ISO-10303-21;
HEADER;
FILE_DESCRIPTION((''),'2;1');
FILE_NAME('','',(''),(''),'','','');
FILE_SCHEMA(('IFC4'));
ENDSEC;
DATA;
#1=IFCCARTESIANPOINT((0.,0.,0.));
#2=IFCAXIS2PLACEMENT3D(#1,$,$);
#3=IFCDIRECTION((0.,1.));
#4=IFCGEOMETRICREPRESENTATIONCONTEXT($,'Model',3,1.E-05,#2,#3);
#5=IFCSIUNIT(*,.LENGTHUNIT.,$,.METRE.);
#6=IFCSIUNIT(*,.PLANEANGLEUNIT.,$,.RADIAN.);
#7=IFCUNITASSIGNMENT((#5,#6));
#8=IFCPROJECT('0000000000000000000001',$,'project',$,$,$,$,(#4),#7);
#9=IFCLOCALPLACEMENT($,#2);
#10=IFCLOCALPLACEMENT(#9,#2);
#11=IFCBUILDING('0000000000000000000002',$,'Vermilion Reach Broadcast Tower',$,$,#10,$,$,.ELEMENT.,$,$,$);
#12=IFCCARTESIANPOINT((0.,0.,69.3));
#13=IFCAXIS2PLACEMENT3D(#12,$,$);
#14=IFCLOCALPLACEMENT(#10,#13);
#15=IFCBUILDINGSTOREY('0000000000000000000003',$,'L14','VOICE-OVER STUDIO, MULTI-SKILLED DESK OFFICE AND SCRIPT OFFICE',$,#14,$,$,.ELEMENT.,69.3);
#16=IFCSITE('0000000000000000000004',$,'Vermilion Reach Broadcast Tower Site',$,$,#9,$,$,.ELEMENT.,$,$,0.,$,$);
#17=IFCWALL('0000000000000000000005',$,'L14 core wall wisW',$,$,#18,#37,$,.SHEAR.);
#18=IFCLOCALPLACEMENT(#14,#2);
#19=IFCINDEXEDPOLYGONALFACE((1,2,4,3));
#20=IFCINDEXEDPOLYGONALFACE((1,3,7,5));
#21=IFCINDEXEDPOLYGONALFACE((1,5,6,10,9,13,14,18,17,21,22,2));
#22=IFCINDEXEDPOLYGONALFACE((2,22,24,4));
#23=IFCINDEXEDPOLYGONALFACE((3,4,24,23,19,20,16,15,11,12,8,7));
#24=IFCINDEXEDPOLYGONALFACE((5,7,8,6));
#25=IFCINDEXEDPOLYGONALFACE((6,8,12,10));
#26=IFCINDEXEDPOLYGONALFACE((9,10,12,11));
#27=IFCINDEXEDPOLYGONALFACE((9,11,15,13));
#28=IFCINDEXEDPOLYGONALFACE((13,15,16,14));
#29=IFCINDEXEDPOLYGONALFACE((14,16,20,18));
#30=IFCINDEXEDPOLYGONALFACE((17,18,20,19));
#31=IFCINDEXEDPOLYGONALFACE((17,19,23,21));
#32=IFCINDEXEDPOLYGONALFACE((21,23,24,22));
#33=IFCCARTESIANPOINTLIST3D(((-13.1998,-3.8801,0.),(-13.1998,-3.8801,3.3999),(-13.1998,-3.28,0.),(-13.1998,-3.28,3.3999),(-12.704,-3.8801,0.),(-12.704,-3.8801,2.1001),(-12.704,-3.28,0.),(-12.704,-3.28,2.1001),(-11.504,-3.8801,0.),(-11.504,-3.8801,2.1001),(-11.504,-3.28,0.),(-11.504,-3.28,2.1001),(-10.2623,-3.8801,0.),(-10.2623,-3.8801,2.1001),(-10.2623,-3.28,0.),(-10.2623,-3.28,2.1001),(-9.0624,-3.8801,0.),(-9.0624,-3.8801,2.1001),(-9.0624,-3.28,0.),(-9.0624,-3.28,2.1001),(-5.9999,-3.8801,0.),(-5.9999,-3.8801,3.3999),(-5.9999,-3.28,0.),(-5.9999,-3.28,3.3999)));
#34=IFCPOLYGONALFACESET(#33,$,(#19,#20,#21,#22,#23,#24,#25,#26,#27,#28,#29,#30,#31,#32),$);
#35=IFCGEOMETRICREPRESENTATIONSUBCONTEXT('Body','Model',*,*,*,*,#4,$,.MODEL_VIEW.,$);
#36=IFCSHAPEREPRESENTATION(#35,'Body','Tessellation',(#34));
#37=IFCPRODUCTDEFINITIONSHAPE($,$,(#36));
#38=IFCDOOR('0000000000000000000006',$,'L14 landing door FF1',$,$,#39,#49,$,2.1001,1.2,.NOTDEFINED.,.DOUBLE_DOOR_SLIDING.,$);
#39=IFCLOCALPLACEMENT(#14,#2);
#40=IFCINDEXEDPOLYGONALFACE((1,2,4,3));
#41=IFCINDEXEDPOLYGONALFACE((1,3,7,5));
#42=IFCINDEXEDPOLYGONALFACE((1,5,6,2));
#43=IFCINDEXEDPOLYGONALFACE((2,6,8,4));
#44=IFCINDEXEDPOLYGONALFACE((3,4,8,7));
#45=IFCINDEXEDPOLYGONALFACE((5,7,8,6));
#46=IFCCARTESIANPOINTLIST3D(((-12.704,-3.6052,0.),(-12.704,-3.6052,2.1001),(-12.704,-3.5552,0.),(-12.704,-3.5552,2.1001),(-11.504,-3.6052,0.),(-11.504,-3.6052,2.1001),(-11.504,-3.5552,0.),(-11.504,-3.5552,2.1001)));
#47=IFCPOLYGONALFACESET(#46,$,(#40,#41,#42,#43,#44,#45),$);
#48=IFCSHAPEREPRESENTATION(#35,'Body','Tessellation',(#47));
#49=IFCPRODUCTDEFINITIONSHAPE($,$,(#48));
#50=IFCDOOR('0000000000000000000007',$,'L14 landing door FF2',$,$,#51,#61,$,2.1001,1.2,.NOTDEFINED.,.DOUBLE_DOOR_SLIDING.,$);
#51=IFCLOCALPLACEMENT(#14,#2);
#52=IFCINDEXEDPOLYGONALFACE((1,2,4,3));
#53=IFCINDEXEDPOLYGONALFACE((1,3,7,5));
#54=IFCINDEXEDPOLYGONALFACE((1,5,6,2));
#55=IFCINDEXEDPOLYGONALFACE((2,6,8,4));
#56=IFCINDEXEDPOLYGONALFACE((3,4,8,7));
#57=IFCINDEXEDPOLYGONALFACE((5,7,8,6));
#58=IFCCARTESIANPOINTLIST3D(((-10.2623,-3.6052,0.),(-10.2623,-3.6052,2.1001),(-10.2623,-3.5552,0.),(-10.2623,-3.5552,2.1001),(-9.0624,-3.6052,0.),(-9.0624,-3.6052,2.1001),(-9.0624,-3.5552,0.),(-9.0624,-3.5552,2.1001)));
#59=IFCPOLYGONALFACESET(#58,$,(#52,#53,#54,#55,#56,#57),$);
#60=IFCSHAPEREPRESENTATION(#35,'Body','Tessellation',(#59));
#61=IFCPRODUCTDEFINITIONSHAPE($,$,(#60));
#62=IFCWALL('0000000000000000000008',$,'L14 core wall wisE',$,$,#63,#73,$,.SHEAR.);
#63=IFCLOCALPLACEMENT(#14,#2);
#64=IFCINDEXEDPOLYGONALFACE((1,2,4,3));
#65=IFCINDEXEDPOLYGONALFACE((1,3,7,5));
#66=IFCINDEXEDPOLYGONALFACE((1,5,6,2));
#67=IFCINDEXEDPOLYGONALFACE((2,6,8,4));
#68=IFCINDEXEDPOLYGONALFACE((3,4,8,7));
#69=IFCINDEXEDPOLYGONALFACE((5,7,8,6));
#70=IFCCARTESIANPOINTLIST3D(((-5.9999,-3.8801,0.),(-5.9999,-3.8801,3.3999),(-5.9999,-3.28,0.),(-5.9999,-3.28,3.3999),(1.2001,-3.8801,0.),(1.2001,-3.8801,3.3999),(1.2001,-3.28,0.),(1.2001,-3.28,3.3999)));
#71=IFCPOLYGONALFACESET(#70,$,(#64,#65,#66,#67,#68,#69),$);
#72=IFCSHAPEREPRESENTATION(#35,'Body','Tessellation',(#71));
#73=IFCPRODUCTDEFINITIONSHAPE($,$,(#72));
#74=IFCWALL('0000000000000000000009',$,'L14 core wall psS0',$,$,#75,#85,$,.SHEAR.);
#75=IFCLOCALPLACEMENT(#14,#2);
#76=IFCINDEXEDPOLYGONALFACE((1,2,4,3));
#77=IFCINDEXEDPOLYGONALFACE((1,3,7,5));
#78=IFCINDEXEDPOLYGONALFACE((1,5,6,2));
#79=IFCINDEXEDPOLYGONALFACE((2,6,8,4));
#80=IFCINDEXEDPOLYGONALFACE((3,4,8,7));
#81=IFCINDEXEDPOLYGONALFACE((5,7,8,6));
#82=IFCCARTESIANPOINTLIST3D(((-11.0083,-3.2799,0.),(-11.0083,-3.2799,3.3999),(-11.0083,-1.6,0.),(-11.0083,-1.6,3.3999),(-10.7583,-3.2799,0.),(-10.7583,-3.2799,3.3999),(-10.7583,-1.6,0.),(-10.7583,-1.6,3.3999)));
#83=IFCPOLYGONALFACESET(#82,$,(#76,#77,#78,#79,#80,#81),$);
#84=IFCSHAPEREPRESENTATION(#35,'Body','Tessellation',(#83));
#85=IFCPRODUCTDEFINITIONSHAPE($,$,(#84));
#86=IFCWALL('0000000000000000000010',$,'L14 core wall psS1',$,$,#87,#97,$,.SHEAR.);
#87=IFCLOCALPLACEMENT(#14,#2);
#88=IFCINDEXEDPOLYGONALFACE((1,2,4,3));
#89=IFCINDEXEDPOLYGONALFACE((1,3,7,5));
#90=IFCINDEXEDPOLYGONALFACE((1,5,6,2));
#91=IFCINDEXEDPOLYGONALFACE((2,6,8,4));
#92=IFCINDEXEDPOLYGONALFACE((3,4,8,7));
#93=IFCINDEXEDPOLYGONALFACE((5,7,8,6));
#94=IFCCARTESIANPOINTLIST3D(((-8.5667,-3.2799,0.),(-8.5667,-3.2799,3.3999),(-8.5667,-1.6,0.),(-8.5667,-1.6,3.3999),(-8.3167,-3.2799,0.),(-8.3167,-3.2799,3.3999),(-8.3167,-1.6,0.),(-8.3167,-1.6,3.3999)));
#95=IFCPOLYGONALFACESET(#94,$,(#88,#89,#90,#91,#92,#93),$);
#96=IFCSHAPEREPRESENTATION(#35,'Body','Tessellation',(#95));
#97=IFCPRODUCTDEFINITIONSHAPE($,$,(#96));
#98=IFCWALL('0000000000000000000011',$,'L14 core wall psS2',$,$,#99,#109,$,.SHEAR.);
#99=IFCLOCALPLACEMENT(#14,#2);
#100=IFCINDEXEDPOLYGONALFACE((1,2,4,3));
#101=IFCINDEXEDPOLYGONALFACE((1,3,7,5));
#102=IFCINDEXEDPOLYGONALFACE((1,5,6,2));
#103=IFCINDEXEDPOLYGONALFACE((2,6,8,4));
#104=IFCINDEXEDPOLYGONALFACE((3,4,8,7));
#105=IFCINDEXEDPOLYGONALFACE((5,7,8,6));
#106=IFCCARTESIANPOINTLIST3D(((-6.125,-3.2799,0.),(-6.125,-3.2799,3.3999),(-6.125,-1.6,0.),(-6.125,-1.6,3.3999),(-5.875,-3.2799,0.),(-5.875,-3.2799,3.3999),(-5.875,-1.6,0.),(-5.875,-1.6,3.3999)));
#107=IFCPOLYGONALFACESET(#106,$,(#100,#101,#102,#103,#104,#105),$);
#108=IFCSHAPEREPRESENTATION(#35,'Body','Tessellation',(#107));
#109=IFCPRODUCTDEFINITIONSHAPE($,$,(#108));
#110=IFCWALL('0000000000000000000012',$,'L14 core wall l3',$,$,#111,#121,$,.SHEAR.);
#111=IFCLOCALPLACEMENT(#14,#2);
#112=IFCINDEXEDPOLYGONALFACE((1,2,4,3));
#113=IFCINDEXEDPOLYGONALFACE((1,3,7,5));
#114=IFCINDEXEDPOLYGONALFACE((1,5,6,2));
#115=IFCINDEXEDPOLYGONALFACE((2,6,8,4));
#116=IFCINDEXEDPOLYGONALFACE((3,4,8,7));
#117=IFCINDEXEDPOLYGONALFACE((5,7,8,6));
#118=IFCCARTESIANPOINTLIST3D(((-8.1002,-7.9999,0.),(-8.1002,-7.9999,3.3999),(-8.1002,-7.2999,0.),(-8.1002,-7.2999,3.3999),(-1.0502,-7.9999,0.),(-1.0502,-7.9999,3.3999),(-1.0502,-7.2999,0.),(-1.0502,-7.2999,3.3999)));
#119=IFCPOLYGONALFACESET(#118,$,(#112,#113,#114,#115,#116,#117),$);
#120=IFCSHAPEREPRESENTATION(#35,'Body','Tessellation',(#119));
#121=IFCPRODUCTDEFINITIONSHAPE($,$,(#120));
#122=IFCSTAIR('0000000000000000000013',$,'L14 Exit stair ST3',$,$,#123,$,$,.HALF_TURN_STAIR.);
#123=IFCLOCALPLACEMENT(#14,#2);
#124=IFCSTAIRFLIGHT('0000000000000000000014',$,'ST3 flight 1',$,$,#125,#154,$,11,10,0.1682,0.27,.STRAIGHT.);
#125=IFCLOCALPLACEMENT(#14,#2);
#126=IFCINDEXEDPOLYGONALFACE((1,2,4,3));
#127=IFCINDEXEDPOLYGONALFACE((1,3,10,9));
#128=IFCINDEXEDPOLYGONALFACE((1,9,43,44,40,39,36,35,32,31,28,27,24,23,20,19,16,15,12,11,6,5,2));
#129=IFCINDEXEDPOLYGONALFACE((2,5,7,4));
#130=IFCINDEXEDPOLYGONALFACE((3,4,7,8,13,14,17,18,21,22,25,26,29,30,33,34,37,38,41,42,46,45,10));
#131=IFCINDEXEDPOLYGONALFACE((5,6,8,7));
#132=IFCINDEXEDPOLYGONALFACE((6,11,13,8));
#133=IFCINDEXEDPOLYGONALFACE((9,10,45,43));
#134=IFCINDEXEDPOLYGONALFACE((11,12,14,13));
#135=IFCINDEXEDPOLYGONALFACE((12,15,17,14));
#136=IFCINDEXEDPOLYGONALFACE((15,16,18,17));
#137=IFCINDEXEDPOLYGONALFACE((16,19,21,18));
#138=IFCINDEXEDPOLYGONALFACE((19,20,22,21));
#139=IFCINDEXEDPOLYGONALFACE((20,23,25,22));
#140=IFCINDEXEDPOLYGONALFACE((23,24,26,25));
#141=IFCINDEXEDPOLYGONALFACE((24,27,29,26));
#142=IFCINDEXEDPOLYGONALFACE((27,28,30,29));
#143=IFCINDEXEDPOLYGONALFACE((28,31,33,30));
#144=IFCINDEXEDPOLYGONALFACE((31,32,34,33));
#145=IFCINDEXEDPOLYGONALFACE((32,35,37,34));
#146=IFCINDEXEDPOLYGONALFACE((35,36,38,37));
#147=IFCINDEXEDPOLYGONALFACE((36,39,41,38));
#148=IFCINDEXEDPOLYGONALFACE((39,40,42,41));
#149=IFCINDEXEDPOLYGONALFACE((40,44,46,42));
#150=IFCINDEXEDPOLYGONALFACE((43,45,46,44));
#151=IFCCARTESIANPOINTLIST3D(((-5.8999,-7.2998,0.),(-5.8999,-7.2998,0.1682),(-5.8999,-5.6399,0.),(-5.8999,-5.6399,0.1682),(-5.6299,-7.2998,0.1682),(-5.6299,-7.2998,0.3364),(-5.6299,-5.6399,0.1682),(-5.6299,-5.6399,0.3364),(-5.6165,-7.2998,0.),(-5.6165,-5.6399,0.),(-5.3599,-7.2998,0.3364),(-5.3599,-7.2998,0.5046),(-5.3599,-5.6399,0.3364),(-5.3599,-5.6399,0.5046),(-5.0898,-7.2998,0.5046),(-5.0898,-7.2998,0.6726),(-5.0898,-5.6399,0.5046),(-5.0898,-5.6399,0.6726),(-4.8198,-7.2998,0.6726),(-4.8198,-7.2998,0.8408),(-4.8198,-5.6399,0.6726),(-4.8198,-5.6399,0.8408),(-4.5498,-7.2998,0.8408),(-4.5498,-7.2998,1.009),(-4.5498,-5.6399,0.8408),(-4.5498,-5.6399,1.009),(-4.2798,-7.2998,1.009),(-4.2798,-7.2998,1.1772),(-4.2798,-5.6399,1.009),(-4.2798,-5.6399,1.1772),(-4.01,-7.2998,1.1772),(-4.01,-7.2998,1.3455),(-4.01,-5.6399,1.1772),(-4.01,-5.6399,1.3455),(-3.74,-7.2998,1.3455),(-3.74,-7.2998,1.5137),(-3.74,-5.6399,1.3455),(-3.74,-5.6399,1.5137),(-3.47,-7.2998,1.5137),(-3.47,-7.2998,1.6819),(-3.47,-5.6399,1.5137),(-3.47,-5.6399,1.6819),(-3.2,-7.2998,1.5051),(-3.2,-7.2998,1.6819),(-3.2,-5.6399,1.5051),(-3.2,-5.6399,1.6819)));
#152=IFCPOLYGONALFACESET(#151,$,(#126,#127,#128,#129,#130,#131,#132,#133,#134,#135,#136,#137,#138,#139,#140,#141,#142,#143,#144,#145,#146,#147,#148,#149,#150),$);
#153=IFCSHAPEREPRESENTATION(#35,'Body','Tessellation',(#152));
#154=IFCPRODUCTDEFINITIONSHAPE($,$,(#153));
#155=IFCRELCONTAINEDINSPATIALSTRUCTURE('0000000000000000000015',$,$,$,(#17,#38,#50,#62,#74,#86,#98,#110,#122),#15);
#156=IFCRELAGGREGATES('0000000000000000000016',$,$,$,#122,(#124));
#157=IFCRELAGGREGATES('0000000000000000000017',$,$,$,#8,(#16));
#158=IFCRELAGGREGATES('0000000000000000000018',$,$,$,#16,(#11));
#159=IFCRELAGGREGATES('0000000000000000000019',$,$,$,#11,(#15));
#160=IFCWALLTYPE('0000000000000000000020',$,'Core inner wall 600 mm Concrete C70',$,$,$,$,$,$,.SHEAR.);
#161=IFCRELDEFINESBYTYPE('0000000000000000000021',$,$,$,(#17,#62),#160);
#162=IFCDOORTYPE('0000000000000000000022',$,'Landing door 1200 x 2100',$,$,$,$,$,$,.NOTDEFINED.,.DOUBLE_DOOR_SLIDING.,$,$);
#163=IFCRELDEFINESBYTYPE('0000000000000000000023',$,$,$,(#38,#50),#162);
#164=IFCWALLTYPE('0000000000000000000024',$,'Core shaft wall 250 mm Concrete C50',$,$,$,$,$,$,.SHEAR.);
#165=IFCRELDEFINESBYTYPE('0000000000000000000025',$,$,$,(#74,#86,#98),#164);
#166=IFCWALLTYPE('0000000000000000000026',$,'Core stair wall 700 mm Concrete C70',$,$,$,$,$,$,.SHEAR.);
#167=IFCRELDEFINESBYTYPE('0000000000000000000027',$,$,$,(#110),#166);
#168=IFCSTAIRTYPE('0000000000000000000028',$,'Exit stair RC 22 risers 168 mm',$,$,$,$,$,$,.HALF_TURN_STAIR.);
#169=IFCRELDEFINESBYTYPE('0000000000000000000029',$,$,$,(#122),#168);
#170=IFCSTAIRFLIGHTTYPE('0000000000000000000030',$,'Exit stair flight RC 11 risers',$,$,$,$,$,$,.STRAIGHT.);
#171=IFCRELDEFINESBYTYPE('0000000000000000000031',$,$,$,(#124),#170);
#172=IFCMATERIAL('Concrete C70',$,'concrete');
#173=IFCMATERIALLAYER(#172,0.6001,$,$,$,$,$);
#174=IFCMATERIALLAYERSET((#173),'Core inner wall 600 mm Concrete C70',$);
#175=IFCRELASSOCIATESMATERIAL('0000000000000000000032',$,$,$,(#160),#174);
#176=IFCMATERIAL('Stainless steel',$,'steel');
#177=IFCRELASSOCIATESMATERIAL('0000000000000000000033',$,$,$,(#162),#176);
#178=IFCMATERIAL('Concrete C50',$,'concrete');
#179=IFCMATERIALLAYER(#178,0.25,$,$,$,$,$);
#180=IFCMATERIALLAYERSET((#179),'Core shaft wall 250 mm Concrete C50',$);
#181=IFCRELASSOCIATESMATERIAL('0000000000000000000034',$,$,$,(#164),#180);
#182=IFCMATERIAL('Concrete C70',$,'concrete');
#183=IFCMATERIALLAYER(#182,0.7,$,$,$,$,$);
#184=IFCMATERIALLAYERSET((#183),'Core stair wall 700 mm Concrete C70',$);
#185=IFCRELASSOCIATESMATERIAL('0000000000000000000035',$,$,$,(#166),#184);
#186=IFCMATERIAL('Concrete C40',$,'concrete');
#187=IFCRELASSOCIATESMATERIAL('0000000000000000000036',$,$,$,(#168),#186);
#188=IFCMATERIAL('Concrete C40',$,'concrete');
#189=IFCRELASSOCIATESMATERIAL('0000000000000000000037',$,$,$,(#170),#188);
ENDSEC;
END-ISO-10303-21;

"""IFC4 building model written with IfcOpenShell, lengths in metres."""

from ifc_helpers import new_model, si_unit, direction, frame, frame_2d, origin, place, context, subcontext, project, spatial, polyline, rectangle, outline, extrude, material, layer, layer_set, type_object, element, fill, aggregate, save


model = new_model("IFC4")

# Units and contexts
model_context = context("Model", 3, precision=1e-05, world=origin(), true_north=direction((0.0, 1.0)))
body_context = subcontext(model_context, "Body", "Model", "MODEL_VIEW")
ifc_project = project(units=[si_unit("LENGTHUNIT", "METRE"), si_unit("PLANEANGLEUNIT", "RADIAN")], contexts=[model_context])

# Site, building, storey
site_placement = place(None, origin())
site = spatial("IfcSite", under=ifc_project, at=site_placement, Name="Vermilion Reach Broadcast Tower Site", CompositionType="ELEMENT", RefElevation=0.0)
building_placement = place(site_placement, origin())
building = spatial("IfcBuilding", under=site, at=building_placement, Name="Vermilion Reach Broadcast Tower", CompositionType="ELEMENT")
storey_placement = place(building_placement, frame((0.0, 0.0, 69.3)))
storey = spatial("IfcBuildingStorey", under=building, at=storey_placement, Name="L14", Description="VOICE-OVER STUDIO, MULTI-SKILLED DESK OFFICE AND SCRIPT OFFICE", CompositionType="ELEMENT", Elevation=69.3)

# Wall, openings, doors
ifc_material_1 = material(Name="Concrete C70", Category="concrete")
ifc_layer_1 = layer(ifc_material_1, 0.6001)
ifc_layer_set_1 = layer_set([ifc_layer_1], Name="Core inner wall 600 mm Concrete C70")
wall_type_1 = type_object("IfcWallType", Name="Core inner wall 600 mm Concrete C70", PredefinedType="SHEAR", material=ifc_layer_set_1)
wall_1_placement = place(storey_placement, frame((-13.2, -3.5801, 0.0), z_axis=(0.0, 0.0, 1.0), x_axis=(1.0, 0.0, 0.0)))
wall_1 = element("IfcWall", 1, at=wall_1_placement, inside=storey, type_object=wall_type_1, Name="L14 core wall wisW", PredefinedType="SHEAR", context=body_context, shape_type="SweptSolid", body=[
    extrude(rectangle(XDim=7.2, YDim=0.6001, at=frame_2d((3.6001, 0.0))), origin(), (0.0, 0.0, 1.0), 3.3999),
])
opening_1_placement = place(wall_1_placement, frame((0.4958, 0.0, 0.0)))
opening_1 = element("IfcOpeningElement", 2, at=opening_1_placement, cuts=wall_1, PredefinedType="OPENING", context=body_context, shape_type="SweptSolid", body=[
    extrude(rectangle(XDim=1.2, YDim=2.1001, at=frame_2d((0.6001, 1.05))), frame((0.0, 0.3101, 0.0), z_axis=(0.0, -1.0, 0.0), x_axis=(1.0, 0.0, 0.0)), (0.0, 0.0, 1.0), 0.6201),
])
opening_2_placement = place(wall_1_placement, frame((2.9375, 0.0, 0.0)))
opening_2 = element("IfcOpeningElement", 3, at=opening_2_placement, cuts=wall_1, PredefinedType="OPENING", context=body_context, shape_type="SweptSolid", body=[
    extrude(rectangle(XDim=1.2, YDim=2.1001, at=frame_2d((0.6001, 1.05))), frame((0.0, 0.3101, 0.0), z_axis=(0.0, -1.0, 0.0), x_axis=(1.0, 0.0, 0.0)), (0.0, 0.0, 1.0), 0.6201),
])
ifc_material_2 = material(Name="Stainless steel", Category="steel")
door_type_1 = type_object("IfcDoorType", Name="Landing door 1200 x 2100", OperationType="DOUBLE_DOOR_SLIDING", PredefinedType="NOTDEFINED", material=ifc_material_2)
door_1_placement = place(opening_1_placement, origin())
door_1 = element("IfcDoor", 4, at=door_1_placement, inside=storey, type_object=door_type_1, Name="L14 landing door FF1", OperationType="DOUBLE_DOOR_SLIDING", OverallHeight=2.1001, OverallWidth=1.2, PredefinedType="NOTDEFINED", context=body_context, shape_type="SweptSolid", body=[
    extrude(rectangle(XDim=1.2, YDim=2.1001, at=frame_2d((0.6001, 1.05))), frame((0.0, 0.0249, 0.0), z_axis=(0.0, -1.0, 0.0), x_axis=(1.0, 0.0, 0.0)), (0.0, 0.0, 1.0), 0.05),
])
fill(opening_1, door_1)
door_2_placement = place(opening_2_placement, origin())
door_2 = element("IfcDoor", 5, at=door_2_placement, inside=storey, type_object=door_type_1, Name="L14 landing door FF2", OperationType="DOUBLE_DOOR_SLIDING", OverallHeight=2.1001, OverallWidth=1.2, PredefinedType="NOTDEFINED", context=body_context, shape_type="SweptSolid", body=[
    extrude(rectangle(XDim=1.2, YDim=2.1001, at=frame_2d((0.6001, 1.05))), frame((0.0, 0.0249, 0.0), z_axis=(0.0, -1.0, 0.0), x_axis=(1.0, 0.0, 0.0)), (0.0, 0.0, 1.0), 0.05),
])
fill(opening_2, door_2)

# Walls
wall_2_placement = place(storey_placement, frame((-6.0, -3.5801, 0.0), z_axis=(0.0, 0.0, 1.0), x_axis=(1.0, 0.0, 0.0)))
element("IfcWall", 6, at=wall_2_placement, inside=storey, type_object=wall_type_1, Name="L14 core wall wisE", PredefinedType="SHEAR", context=body_context, shape_type="SweptSolid", body=[
    extrude(rectangle(XDim=7.2, YDim=0.6001, at=frame_2d((3.6001, 0.0))), origin(), (0.0, 0.0, 1.0), 3.3999),
])
ifc_material_3 = material(Name="Concrete C50", Category="concrete")
ifc_layer_2 = layer(ifc_material_3, 0.25)
ifc_layer_set_2 = layer_set([ifc_layer_2], Name="Core shaft wall 250 mm Concrete C50")
wall_type_2 = type_object("IfcWallType", Name="Core shaft wall 250 mm Concrete C50", PredefinedType="SHEAR", material=ifc_layer_set_2)
for number, where, z_axis, x_axis, name in (
    (7, (-10.8833, -1.6001, 0.0), (0.0, 0.0, 1.0), (0.0, -1.0, 0.0), "L14 core wall psS0"),
    (8, (-8.4417, -1.6001, 0.0), (0.0, 0.0, 1.0), (0.0, -1.0, 0.0), "L14 core wall psS1"),
    (9, (-6.0, -1.6001, 0.0), (0.0, 0.0, 1.0), (0.0, -1.0, 0.0), "L14 core wall psS2"),
):
    element("IfcWall", number, at=place(storey_placement, frame(where, z_axis=z_axis, x_axis=x_axis)), inside=storey, type_object=wall_type_2, Name=name, PredefinedType="SHEAR", context=body_context, shape_type="SweptSolid", body=[
        extrude(rectangle(XDim=1.6799, YDim=0.25, at=frame_2d((0.8398, 0.0))), origin(), (0.0, 0.0, 1.0), 3.3999),
    ])
ifc_material_4 = material(Name="Concrete C70", Category="concrete")
ifc_layer_3 = layer(ifc_material_4, 0.7)
ifc_layer_set_3 = layer_set([ifc_layer_3], Name="Core stair wall 700 mm Concrete C70")
wall_type_3 = type_object("IfcWallType", Name="Core stair wall 700 mm Concrete C70", PredefinedType="SHEAR", material=ifc_layer_set_3)
wall_3_placement = place(storey_placement, frame((-8.1001, -7.6499, 0.0), z_axis=(0.0, 0.0, 1.0), x_axis=(1.0, 0.0, 0.0)))
element("IfcWall", 10, at=wall_3_placement, inside=storey, type_object=wall_type_3, Name="L14 core wall l3", PredefinedType="SHEAR", context=body_context, shape_type="SweptSolid", body=[
    extrude(rectangle(XDim=7.05, YDim=0.7, at=frame_2d((3.5249, 0.0))), origin(), (0.0, 0.0, 1.0), 3.3999),
])

# Stair, stair flight
ifc_material_5 = material(Name="Concrete C40", Category="concrete")
stair_type = type_object("IfcStairType", Name="Exit stair RC 22 risers 168 mm", PredefinedType="HALF_TURN_STAIR", material=ifc_material_5)
stair_placement = place(storey_placement, origin())
stair = element("IfcStair", 11, at=stair_placement, inside=storey, type_object=stair_type, Name="L14 Exit stair ST3", PredefinedType="HALF_TURN_STAIR")
ifc_material_6 = material(Name="Concrete C40", Category="concrete")
stair_flight_type = type_object("IfcStairFlightType", Name="Exit stair flight RC 11 risers", PredefinedType="STRAIGHT", material=ifc_material_6)
stair_flight_placement = place(storey_placement, frame((-5.8999, -6.47, 0.0), z_axis=(0.0, 0.0, 1.0), x_axis=(1.0, 0.0, 0.0)))
stair_flight = element("IfcStairFlight", 12, at=stair_flight_placement, type_object=stair_flight_type, Name="ST3 flight 1", NumberOfRisers=11, NumberOfTreads=10, PredefinedType="STRAIGHT", RiserHeight=0.1682, TreadLength=0.27, context=body_context, shape_type="SweptSolid", body=[
    extrude(outline(polyline([(0.0, 0.0), (0.0, 0.1682), (0.27, 0.1682), (0.27, 0.3364), (0.54, 0.3364), (0.54, 0.5046), (0.8101, 0.5046), (0.8101, 0.6726), (1.0801, 0.6726), (1.0801, 0.8408), (1.3501, 0.8408), (1.3501, 1.009), (1.6201, 1.009), (1.6201, 1.1772), (1.8899, 1.1772), (1.8899, 1.3455), (2.1599, 1.3455), (2.1599, 1.5137), (2.4299, 1.5137), (2.4299, 1.6819), (2.7, 1.6819), (2.7, 1.8501), (2.7, 1.5051), (0.2834, 0.0), (0.0, 0.0)])), frame((0.0, 0.8301, 0.0), z_axis=(0.0, -1.0, 0.0), x_axis=(1.0, 0.0, 0.0)), (0.0, 0.0, 1.0), 1.6599),
])
aggregate(stair, [stair_flight])

save(model, "model.ifc")
